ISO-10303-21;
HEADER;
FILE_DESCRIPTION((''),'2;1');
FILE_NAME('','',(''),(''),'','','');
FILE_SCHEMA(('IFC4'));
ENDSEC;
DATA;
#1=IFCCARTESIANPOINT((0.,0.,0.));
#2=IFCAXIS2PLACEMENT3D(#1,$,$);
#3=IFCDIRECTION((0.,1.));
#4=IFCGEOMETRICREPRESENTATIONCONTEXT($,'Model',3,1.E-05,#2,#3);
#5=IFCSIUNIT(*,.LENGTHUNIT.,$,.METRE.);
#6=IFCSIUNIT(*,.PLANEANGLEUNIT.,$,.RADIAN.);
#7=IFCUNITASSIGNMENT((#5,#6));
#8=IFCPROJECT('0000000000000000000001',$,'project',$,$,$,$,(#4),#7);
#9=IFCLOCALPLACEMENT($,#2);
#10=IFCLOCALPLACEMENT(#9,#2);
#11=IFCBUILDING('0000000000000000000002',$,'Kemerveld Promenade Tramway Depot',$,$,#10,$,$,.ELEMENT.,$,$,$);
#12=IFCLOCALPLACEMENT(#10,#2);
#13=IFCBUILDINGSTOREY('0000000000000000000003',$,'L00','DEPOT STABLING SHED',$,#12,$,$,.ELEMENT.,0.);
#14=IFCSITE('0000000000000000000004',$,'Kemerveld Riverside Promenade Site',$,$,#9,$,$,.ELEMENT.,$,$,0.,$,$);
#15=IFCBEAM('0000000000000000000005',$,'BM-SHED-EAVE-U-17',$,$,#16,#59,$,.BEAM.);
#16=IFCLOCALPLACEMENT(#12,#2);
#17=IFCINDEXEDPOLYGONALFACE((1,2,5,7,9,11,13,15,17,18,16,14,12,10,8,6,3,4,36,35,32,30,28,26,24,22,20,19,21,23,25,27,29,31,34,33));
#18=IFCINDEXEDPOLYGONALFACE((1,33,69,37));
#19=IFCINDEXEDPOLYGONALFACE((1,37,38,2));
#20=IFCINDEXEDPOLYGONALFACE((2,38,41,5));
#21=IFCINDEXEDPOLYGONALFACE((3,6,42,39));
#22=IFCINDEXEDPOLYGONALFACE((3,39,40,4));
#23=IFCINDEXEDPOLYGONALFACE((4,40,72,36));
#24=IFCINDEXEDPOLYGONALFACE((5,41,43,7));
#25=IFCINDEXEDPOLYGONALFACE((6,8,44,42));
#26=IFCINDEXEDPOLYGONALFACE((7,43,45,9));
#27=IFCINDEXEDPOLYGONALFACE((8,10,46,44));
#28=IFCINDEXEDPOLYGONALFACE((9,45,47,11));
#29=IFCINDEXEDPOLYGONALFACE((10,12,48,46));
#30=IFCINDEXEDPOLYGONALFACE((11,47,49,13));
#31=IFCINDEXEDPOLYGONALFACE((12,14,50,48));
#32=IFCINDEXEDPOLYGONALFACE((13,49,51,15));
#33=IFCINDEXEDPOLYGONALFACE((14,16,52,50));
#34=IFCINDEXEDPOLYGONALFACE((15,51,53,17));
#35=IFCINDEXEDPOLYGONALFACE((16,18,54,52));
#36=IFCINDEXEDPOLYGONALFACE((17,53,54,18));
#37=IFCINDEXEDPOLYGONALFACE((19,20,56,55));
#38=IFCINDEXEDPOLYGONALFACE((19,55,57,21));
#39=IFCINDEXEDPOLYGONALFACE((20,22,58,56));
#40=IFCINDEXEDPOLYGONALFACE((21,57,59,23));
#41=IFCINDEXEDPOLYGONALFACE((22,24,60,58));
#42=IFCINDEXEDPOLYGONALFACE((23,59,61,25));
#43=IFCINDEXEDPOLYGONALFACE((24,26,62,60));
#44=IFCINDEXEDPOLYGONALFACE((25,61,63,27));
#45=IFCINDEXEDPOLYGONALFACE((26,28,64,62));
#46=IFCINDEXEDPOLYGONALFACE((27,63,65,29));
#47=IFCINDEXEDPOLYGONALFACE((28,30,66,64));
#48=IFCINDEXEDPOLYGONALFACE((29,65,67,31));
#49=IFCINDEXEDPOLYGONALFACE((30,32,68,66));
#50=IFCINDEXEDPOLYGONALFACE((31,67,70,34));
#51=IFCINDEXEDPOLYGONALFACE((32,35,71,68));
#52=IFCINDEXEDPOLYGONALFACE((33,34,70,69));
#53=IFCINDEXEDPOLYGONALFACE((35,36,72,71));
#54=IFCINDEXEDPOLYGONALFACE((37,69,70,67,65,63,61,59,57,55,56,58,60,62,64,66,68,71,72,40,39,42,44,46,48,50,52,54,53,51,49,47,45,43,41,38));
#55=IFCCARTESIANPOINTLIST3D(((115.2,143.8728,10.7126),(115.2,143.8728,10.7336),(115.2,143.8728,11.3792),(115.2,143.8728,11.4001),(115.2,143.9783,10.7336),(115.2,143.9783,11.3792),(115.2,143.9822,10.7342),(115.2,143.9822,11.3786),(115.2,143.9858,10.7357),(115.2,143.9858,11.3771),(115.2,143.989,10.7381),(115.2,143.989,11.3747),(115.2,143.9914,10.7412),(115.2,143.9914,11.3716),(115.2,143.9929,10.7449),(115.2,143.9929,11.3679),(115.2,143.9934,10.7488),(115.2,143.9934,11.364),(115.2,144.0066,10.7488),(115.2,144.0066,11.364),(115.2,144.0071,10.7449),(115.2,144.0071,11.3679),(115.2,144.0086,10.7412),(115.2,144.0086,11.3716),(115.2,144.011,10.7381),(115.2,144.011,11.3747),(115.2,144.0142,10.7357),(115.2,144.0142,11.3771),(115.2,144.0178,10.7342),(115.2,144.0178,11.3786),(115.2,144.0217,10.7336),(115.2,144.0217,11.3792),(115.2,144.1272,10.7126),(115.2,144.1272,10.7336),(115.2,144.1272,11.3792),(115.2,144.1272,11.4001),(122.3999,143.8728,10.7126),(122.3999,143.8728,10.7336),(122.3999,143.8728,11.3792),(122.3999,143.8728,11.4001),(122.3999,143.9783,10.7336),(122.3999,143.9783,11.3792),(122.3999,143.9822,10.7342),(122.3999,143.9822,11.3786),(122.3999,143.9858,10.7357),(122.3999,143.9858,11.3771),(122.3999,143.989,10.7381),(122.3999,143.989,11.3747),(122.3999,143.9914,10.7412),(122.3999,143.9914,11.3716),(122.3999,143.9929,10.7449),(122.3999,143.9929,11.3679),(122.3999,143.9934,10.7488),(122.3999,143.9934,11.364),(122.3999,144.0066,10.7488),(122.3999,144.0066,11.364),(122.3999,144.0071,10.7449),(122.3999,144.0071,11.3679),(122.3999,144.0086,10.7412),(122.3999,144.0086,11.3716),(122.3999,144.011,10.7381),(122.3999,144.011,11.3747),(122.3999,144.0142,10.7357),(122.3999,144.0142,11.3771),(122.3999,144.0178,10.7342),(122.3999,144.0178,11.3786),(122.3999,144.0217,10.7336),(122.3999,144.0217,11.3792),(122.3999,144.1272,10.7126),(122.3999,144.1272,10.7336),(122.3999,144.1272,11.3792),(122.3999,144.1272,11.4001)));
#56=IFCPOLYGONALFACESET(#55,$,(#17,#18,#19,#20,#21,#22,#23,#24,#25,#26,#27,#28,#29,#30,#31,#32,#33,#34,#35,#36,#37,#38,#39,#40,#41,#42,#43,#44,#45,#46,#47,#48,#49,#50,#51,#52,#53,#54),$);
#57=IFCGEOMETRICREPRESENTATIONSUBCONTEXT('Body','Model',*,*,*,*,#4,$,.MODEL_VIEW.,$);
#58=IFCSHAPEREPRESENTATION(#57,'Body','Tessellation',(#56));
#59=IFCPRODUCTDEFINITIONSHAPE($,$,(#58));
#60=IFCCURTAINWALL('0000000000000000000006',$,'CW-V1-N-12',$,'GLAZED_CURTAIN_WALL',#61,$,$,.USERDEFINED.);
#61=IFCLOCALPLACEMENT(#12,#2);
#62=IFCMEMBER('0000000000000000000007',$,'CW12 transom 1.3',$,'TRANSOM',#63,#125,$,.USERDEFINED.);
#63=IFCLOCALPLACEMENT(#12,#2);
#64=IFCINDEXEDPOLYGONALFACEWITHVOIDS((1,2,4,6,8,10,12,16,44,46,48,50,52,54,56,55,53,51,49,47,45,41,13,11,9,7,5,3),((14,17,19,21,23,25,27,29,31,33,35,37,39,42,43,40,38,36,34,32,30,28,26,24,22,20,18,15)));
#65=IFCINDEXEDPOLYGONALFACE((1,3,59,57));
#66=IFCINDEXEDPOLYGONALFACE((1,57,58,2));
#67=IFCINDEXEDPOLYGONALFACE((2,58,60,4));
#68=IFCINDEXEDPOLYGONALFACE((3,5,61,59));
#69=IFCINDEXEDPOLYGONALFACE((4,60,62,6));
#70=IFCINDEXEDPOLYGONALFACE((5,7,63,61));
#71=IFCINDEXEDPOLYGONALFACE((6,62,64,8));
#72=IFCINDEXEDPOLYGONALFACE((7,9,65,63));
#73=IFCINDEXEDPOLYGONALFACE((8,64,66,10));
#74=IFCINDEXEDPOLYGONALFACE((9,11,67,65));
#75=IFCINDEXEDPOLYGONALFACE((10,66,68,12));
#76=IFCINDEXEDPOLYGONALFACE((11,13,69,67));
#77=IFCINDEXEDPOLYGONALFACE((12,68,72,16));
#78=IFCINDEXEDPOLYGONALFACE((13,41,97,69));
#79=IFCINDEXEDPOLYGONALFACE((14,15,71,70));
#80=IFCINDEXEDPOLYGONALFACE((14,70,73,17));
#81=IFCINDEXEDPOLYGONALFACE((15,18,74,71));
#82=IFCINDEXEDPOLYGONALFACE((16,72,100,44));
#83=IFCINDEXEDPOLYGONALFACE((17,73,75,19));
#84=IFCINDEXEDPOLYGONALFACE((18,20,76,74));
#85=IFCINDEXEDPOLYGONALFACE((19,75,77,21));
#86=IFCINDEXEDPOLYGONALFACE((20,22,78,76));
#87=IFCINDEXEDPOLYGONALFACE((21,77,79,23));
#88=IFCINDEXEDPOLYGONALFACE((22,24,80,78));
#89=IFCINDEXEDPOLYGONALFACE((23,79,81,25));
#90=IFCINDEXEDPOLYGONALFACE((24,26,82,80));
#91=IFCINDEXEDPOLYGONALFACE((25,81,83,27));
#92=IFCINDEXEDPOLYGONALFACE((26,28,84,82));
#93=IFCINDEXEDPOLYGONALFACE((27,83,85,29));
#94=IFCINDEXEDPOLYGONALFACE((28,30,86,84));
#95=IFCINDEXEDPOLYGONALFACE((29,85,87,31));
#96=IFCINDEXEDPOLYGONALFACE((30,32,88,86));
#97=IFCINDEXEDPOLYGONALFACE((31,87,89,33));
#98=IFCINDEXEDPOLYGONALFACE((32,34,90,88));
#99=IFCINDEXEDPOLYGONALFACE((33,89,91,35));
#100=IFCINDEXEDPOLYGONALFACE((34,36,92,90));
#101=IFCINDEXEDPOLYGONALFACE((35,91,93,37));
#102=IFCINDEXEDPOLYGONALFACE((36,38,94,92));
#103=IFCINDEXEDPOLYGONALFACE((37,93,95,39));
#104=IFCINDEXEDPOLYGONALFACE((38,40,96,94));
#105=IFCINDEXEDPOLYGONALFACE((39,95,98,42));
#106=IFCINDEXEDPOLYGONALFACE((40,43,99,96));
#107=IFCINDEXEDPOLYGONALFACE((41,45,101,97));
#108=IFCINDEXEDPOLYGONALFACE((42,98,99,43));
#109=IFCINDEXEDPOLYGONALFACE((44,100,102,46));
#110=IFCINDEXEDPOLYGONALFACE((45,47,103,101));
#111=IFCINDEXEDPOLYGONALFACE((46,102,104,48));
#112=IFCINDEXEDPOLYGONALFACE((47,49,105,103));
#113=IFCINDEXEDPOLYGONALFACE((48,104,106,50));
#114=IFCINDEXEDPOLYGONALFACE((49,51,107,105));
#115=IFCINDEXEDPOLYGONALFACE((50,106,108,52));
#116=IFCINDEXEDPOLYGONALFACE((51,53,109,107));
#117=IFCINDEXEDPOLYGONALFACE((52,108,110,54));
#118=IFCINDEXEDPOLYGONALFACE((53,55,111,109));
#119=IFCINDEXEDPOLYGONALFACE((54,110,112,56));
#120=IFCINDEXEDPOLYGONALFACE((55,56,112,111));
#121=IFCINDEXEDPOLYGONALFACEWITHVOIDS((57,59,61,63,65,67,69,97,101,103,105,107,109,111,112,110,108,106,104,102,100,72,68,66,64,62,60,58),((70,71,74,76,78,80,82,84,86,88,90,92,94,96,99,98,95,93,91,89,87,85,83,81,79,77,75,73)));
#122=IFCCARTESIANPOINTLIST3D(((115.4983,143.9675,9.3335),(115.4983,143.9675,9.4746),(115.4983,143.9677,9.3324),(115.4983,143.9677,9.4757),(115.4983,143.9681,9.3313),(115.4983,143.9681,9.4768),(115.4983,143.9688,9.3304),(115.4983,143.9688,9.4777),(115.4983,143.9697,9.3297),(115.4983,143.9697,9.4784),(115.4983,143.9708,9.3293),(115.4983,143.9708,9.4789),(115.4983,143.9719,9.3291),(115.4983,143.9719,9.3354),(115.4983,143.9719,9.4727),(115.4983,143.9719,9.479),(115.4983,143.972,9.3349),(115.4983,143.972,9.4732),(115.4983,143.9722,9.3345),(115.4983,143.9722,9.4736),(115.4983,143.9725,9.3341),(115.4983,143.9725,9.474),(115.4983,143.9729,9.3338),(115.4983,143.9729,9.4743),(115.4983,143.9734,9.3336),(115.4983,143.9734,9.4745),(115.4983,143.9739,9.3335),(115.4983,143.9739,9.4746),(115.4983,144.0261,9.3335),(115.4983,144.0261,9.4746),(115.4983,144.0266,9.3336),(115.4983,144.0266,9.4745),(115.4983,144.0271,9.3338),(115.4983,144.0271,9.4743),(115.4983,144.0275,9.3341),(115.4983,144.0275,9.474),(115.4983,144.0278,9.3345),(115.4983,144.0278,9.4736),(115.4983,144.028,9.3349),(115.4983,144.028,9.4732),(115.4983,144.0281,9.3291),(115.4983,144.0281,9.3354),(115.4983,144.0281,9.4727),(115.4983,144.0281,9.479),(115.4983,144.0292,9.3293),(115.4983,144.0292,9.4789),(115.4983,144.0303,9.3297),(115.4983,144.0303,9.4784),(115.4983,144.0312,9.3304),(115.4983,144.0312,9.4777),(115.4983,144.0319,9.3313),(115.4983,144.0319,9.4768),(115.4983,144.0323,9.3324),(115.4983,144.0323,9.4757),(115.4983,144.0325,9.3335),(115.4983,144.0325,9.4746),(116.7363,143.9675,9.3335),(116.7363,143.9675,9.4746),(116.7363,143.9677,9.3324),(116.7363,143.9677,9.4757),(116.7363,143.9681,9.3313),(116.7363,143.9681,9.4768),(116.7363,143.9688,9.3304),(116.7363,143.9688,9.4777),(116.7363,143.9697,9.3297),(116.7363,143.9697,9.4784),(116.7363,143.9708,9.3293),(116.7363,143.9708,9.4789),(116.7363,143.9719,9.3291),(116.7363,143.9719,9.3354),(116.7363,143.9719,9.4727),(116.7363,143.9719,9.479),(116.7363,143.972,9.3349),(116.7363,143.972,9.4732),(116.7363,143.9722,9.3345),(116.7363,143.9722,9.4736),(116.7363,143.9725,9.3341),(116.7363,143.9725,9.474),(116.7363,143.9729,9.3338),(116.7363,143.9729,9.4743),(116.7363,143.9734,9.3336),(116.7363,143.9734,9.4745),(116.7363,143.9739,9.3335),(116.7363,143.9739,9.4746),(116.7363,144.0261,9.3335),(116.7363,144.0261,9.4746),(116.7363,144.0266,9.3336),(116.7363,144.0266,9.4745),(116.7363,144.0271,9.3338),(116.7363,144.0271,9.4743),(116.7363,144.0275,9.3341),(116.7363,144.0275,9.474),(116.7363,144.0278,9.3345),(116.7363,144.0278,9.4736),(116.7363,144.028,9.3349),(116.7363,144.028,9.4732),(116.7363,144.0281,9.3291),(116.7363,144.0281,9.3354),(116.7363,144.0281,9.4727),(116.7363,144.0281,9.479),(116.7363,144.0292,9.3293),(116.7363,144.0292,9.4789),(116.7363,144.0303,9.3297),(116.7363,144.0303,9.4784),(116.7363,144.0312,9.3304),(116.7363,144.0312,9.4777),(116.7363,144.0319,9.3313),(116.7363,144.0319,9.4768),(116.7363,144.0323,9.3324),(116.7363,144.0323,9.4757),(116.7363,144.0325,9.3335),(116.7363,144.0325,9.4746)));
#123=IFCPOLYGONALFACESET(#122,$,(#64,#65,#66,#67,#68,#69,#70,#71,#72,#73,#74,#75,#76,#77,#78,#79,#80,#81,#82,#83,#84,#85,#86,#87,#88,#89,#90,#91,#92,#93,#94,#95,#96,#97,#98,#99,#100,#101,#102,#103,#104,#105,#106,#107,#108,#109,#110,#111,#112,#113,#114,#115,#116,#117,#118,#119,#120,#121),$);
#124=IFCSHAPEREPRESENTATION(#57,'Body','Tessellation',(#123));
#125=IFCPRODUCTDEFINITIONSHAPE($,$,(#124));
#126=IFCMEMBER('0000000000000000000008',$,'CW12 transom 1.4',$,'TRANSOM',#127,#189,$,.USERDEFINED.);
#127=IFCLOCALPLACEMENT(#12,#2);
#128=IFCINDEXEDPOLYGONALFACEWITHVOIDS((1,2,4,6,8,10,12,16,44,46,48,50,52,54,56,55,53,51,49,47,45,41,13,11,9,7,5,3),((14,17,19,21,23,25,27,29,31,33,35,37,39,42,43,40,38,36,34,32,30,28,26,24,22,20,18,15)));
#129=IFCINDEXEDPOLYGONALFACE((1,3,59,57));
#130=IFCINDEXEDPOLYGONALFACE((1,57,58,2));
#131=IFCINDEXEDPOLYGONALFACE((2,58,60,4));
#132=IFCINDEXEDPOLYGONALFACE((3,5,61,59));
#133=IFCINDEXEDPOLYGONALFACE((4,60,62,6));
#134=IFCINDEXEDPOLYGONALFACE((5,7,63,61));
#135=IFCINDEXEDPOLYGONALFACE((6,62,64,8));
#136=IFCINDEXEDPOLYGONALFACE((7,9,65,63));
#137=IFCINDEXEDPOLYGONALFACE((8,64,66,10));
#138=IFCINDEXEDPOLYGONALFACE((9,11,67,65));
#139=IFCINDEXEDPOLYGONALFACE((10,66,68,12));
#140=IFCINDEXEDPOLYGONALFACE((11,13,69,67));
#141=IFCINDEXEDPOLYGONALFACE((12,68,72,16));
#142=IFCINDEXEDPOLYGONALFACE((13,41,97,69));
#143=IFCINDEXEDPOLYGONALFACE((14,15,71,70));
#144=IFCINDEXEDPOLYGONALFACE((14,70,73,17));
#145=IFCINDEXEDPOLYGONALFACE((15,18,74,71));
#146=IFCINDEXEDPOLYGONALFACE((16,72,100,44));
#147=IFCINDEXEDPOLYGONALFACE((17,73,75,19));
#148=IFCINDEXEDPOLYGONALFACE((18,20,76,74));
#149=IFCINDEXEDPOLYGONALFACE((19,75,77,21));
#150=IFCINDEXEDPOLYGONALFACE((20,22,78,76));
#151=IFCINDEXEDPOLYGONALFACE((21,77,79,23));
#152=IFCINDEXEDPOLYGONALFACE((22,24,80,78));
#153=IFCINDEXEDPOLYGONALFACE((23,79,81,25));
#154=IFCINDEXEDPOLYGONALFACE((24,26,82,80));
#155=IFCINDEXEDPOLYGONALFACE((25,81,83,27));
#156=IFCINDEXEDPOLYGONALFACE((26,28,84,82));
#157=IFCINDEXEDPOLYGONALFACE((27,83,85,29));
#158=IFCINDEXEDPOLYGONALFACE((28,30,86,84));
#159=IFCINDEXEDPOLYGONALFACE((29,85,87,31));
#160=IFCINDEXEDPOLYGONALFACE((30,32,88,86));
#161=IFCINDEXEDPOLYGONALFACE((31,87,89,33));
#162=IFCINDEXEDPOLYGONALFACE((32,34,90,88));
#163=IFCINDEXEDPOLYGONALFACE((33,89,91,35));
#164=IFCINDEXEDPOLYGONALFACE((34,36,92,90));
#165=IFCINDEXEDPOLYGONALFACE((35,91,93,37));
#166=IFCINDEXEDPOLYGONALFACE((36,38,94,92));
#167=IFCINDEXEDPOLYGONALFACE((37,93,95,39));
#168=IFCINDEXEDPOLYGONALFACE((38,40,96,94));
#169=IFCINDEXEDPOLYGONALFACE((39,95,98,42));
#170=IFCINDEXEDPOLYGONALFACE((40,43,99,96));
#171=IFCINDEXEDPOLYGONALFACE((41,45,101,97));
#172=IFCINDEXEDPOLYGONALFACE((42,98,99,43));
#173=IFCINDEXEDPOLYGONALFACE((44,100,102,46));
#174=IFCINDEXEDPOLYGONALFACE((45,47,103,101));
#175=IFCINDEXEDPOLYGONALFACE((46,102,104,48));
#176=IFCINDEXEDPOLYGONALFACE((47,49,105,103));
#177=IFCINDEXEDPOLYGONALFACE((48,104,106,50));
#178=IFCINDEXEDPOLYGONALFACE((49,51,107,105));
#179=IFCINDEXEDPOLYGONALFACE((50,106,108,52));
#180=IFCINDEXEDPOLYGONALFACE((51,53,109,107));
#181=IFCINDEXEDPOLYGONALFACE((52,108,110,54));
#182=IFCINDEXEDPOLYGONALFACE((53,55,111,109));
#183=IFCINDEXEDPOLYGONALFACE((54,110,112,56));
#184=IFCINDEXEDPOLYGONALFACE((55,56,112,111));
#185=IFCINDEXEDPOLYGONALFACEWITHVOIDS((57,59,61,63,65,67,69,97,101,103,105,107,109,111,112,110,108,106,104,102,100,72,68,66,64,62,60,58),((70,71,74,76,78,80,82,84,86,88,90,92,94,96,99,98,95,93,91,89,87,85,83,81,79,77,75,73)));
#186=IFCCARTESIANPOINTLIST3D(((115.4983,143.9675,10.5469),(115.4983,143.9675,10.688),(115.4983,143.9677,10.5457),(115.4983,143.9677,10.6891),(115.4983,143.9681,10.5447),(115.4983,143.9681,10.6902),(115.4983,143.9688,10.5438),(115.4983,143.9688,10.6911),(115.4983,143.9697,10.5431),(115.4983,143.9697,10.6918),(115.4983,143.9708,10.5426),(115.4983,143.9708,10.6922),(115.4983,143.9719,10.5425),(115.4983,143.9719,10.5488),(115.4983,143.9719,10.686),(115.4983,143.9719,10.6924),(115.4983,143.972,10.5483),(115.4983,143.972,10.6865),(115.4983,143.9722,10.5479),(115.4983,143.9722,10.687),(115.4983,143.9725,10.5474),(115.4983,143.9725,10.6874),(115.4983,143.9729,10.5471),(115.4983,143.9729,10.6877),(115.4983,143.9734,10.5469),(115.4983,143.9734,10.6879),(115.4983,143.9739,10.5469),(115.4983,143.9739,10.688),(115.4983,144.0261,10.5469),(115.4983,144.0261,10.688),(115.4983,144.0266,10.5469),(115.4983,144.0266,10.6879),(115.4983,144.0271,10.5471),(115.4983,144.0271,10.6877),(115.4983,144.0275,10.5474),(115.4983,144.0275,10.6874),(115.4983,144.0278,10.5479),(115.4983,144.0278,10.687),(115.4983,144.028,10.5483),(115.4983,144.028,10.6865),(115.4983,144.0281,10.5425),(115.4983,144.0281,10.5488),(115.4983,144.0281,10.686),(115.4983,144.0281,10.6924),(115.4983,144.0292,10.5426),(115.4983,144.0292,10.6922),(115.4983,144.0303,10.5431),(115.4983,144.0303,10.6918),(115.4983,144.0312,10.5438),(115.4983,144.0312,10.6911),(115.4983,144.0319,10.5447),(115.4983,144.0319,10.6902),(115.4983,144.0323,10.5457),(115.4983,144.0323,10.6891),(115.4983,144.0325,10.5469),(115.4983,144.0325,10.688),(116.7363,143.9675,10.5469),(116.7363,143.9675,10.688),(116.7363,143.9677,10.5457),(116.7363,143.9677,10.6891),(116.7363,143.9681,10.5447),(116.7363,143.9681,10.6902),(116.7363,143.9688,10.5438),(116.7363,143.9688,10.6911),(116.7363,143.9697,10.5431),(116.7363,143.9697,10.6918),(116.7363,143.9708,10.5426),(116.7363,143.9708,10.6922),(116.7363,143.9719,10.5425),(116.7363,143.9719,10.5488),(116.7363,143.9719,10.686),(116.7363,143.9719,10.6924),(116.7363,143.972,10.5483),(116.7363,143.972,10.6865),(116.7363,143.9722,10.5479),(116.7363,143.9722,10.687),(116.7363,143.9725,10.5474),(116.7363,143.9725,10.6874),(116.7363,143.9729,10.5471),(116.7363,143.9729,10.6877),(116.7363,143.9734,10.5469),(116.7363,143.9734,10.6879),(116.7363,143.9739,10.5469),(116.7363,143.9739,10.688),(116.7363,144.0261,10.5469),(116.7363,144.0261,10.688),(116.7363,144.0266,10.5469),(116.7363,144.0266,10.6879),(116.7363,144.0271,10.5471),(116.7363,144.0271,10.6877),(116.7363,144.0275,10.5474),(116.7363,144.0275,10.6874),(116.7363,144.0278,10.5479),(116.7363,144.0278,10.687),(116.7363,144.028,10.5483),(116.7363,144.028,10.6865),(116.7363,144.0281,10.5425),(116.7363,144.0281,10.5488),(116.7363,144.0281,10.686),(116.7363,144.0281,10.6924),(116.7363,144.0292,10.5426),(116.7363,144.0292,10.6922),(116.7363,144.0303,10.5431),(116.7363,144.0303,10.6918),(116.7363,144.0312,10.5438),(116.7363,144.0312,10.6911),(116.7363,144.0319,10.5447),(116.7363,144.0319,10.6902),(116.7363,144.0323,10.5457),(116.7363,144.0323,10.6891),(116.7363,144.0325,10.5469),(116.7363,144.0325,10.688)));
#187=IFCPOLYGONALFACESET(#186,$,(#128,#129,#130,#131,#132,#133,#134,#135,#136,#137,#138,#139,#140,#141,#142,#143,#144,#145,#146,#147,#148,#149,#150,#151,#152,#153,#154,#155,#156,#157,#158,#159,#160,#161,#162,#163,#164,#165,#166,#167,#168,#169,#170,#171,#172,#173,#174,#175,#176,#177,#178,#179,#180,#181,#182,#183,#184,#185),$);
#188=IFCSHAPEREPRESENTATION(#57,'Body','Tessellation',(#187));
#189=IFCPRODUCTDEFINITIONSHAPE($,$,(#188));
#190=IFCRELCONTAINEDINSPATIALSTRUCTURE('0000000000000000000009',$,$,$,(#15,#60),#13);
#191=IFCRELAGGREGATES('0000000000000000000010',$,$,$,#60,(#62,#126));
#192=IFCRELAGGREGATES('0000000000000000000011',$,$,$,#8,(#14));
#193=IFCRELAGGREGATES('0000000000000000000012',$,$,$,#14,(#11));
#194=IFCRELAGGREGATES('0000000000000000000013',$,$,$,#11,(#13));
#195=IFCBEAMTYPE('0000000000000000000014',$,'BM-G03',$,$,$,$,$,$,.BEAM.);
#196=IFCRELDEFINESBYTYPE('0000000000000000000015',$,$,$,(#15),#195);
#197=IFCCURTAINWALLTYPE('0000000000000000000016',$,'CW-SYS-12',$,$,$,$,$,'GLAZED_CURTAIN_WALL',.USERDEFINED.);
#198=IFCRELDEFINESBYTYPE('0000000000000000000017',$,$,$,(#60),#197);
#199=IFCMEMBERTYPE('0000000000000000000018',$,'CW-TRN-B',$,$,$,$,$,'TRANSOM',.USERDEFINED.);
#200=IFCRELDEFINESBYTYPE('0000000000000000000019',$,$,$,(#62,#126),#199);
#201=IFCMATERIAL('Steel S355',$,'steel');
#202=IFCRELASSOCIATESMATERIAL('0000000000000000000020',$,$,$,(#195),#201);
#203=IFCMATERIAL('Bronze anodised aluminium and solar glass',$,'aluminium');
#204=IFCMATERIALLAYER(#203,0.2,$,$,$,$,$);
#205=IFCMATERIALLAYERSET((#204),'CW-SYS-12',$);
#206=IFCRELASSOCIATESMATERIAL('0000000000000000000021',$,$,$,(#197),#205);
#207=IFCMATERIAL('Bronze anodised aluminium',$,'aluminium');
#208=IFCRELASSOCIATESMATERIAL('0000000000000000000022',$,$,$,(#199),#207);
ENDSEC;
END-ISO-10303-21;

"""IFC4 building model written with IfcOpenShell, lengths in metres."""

from ifc_helpers import new_model, si_unit, direction, frame, origin, origin_2d, place, context, subcontext, project, spatial, hollow_rectangle, i_section, extrude, material, layer, layer_set, material_profile, profile_set, type_object, element, aggregate, save


model = new_model("IFC4")

# Units and contexts
model_context = context("Model", 3, precision=1e-05, world=origin(), true_north=direction((0.0, 1.0)))
body_context = subcontext(model_context, "Body", "Model", "MODEL_VIEW")
ifc_project = project(units=[si_unit("LENGTHUNIT", "METRE"), si_unit("PLANEANGLEUNIT", "RADIAN")], contexts=[model_context])

# Site, building, storey
site_placement = place(None, origin())
site = spatial("IfcSite", under=ifc_project, at=site_placement, Name="Kemerveld Riverside Promenade Site", CompositionType="ELEMENT", RefElevation=0.0)
building_placement = place(site_placement, origin())
building = spatial("IfcBuilding", under=site, at=building_placement, Name="Kemerveld Promenade Tramway Depot", CompositionType="ELEMENT")
storey_placement = place(building_placement, origin())
storey = spatial("IfcBuildingStorey", under=building, at=storey_placement, Name="L00", Description="DEPOT STABLING SHED", CompositionType="ELEMENT", Elevation=0.0)

# Beam
ifc_material_1 = material(Name="Steel S355", Category="steel")
ifc_material_profile_1 = material_profile(ifc_material_1, i_section(OverallWidth=0.2544, OverallDepth=0.6875, WebThickness=0.0132, FlangeThickness=0.021, FilletRadius=0.0151, at=origin_2d()), Name="686x254x152 UB")
ifc_profile_set_1 = profile_set([ifc_material_profile_1], Name="Steel S355")
beam_type = type_object("IfcBeamType", Name="BM-G03", PredefinedType="BEAM", material=ifc_profile_set_1)
beam_placement = place(storey_placement, frame((115.2, 144.0, 11.0564), z_axis=(1.0, 0.0, 0.0), x_axis=(0.0, 1.0, 0.0)))
element("IfcBeam", 1, at=beam_placement, inside=storey, type_object=beam_type, Name="BM-SHED-EAVE-U-17", PredefinedType="BEAM", context=body_context, shape_type="SweptSolid", body=[
    extrude(i_section(OverallWidth=0.2544, OverallDepth=0.6875, WebThickness=0.0132, FlangeThickness=0.021, FilletRadius=0.0151, at=origin_2d()), origin(), (0.0, 0.0, 1.0), 7.2),
])

# Curtain wall, members
ifc_material_2 = material(Name="Bronze anodised aluminium and solar glass", Category="aluminium")
ifc_layer_1 = layer(ifc_material_2, 0.2)
ifc_layer_set_1 = layer_set([ifc_layer_1], Name="CW-SYS-12")
curtain_wall_type_1 = type_object("IfcCurtainWallType", Name="CW-SYS-12", ElementType="GLAZED_CURTAIN_WALL", PredefinedType="USERDEFINED", material=ifc_layer_set_1)
curtain_wall_1_placement = place(storey_placement, origin())
curtain_wall_1 = element("IfcCurtainWall", 2, at=curtain_wall_1_placement, inside=storey, type_object=curtain_wall_type_1, Name="CW-V1-N-12", ObjectType="GLAZED_CURTAIN_WALL", PredefinedType="USERDEFINED")
ifc_material_3 = material(Name="Bronze anodised aluminium", Category="aluminium")
ifc_material_profile_2 = material_profile(ifc_material_3, hollow_rectangle(XDim=0.0649, YDim=0.1499, WallThickness=0.0044, InnerFilletRadius=0.002, OuterFilletRadius=0.0044, at=origin_2d()), Name="CW-TRN-150x65")
ifc_profile_set_2 = profile_set([ifc_material_profile_2], Name="Bronze anodised aluminium")
member_type_1 = type_object("IfcMemberType", Name="CW-TRN-B", ElementType="TRANSOM", PredefinedType="USERDEFINED", material=ifc_profile_set_2)
member_1_placement = place(storey_placement, frame((115.4983, 144.0, 9.4041), z_axis=(1.0, 0.0, 0.0), x_axis=(0.0, 1.0, 0.0)))
member_1 = element("IfcMember", 3, at=member_1_placement, type_object=member_type_1, Name="CW12 transom 1.3", ObjectType="TRANSOM", PredefinedType="USERDEFINED", context=body_context, shape_type="SweptSolid", body=[
    extrude(hollow_rectangle(XDim=0.0649, YDim=0.1499, WallThickness=0.0044, InnerFilletRadius=0.002, OuterFilletRadius=0.0044, at=origin_2d()), origin(), (0.0, 0.0, 1.0), 1.238),
])
member_2_placement = place(storey_placement, frame((115.4983, 144.0, 10.6174), z_axis=(1.0, 0.0, 0.0), x_axis=(0.0, 1.0, 0.0)))
member_2 = element("IfcMember", 4, at=member_2_placement, type_object=member_type_1, Name="CW12 transom 1.4", ObjectType="TRANSOM", PredefinedType="USERDEFINED", context=body_context, shape_type="SweptSolid", body=[
    extrude(hollow_rectangle(XDim=0.0649, YDim=0.1499, WallThickness=0.0044, InnerFilletRadius=0.002, OuterFilletRadius=0.0044, at=origin_2d()), origin(), (0.0, 0.0, 1.0), 1.238),
])

aggregate(curtain_wall_1, [member_1, member_2])

save(model, "model.ifc")
